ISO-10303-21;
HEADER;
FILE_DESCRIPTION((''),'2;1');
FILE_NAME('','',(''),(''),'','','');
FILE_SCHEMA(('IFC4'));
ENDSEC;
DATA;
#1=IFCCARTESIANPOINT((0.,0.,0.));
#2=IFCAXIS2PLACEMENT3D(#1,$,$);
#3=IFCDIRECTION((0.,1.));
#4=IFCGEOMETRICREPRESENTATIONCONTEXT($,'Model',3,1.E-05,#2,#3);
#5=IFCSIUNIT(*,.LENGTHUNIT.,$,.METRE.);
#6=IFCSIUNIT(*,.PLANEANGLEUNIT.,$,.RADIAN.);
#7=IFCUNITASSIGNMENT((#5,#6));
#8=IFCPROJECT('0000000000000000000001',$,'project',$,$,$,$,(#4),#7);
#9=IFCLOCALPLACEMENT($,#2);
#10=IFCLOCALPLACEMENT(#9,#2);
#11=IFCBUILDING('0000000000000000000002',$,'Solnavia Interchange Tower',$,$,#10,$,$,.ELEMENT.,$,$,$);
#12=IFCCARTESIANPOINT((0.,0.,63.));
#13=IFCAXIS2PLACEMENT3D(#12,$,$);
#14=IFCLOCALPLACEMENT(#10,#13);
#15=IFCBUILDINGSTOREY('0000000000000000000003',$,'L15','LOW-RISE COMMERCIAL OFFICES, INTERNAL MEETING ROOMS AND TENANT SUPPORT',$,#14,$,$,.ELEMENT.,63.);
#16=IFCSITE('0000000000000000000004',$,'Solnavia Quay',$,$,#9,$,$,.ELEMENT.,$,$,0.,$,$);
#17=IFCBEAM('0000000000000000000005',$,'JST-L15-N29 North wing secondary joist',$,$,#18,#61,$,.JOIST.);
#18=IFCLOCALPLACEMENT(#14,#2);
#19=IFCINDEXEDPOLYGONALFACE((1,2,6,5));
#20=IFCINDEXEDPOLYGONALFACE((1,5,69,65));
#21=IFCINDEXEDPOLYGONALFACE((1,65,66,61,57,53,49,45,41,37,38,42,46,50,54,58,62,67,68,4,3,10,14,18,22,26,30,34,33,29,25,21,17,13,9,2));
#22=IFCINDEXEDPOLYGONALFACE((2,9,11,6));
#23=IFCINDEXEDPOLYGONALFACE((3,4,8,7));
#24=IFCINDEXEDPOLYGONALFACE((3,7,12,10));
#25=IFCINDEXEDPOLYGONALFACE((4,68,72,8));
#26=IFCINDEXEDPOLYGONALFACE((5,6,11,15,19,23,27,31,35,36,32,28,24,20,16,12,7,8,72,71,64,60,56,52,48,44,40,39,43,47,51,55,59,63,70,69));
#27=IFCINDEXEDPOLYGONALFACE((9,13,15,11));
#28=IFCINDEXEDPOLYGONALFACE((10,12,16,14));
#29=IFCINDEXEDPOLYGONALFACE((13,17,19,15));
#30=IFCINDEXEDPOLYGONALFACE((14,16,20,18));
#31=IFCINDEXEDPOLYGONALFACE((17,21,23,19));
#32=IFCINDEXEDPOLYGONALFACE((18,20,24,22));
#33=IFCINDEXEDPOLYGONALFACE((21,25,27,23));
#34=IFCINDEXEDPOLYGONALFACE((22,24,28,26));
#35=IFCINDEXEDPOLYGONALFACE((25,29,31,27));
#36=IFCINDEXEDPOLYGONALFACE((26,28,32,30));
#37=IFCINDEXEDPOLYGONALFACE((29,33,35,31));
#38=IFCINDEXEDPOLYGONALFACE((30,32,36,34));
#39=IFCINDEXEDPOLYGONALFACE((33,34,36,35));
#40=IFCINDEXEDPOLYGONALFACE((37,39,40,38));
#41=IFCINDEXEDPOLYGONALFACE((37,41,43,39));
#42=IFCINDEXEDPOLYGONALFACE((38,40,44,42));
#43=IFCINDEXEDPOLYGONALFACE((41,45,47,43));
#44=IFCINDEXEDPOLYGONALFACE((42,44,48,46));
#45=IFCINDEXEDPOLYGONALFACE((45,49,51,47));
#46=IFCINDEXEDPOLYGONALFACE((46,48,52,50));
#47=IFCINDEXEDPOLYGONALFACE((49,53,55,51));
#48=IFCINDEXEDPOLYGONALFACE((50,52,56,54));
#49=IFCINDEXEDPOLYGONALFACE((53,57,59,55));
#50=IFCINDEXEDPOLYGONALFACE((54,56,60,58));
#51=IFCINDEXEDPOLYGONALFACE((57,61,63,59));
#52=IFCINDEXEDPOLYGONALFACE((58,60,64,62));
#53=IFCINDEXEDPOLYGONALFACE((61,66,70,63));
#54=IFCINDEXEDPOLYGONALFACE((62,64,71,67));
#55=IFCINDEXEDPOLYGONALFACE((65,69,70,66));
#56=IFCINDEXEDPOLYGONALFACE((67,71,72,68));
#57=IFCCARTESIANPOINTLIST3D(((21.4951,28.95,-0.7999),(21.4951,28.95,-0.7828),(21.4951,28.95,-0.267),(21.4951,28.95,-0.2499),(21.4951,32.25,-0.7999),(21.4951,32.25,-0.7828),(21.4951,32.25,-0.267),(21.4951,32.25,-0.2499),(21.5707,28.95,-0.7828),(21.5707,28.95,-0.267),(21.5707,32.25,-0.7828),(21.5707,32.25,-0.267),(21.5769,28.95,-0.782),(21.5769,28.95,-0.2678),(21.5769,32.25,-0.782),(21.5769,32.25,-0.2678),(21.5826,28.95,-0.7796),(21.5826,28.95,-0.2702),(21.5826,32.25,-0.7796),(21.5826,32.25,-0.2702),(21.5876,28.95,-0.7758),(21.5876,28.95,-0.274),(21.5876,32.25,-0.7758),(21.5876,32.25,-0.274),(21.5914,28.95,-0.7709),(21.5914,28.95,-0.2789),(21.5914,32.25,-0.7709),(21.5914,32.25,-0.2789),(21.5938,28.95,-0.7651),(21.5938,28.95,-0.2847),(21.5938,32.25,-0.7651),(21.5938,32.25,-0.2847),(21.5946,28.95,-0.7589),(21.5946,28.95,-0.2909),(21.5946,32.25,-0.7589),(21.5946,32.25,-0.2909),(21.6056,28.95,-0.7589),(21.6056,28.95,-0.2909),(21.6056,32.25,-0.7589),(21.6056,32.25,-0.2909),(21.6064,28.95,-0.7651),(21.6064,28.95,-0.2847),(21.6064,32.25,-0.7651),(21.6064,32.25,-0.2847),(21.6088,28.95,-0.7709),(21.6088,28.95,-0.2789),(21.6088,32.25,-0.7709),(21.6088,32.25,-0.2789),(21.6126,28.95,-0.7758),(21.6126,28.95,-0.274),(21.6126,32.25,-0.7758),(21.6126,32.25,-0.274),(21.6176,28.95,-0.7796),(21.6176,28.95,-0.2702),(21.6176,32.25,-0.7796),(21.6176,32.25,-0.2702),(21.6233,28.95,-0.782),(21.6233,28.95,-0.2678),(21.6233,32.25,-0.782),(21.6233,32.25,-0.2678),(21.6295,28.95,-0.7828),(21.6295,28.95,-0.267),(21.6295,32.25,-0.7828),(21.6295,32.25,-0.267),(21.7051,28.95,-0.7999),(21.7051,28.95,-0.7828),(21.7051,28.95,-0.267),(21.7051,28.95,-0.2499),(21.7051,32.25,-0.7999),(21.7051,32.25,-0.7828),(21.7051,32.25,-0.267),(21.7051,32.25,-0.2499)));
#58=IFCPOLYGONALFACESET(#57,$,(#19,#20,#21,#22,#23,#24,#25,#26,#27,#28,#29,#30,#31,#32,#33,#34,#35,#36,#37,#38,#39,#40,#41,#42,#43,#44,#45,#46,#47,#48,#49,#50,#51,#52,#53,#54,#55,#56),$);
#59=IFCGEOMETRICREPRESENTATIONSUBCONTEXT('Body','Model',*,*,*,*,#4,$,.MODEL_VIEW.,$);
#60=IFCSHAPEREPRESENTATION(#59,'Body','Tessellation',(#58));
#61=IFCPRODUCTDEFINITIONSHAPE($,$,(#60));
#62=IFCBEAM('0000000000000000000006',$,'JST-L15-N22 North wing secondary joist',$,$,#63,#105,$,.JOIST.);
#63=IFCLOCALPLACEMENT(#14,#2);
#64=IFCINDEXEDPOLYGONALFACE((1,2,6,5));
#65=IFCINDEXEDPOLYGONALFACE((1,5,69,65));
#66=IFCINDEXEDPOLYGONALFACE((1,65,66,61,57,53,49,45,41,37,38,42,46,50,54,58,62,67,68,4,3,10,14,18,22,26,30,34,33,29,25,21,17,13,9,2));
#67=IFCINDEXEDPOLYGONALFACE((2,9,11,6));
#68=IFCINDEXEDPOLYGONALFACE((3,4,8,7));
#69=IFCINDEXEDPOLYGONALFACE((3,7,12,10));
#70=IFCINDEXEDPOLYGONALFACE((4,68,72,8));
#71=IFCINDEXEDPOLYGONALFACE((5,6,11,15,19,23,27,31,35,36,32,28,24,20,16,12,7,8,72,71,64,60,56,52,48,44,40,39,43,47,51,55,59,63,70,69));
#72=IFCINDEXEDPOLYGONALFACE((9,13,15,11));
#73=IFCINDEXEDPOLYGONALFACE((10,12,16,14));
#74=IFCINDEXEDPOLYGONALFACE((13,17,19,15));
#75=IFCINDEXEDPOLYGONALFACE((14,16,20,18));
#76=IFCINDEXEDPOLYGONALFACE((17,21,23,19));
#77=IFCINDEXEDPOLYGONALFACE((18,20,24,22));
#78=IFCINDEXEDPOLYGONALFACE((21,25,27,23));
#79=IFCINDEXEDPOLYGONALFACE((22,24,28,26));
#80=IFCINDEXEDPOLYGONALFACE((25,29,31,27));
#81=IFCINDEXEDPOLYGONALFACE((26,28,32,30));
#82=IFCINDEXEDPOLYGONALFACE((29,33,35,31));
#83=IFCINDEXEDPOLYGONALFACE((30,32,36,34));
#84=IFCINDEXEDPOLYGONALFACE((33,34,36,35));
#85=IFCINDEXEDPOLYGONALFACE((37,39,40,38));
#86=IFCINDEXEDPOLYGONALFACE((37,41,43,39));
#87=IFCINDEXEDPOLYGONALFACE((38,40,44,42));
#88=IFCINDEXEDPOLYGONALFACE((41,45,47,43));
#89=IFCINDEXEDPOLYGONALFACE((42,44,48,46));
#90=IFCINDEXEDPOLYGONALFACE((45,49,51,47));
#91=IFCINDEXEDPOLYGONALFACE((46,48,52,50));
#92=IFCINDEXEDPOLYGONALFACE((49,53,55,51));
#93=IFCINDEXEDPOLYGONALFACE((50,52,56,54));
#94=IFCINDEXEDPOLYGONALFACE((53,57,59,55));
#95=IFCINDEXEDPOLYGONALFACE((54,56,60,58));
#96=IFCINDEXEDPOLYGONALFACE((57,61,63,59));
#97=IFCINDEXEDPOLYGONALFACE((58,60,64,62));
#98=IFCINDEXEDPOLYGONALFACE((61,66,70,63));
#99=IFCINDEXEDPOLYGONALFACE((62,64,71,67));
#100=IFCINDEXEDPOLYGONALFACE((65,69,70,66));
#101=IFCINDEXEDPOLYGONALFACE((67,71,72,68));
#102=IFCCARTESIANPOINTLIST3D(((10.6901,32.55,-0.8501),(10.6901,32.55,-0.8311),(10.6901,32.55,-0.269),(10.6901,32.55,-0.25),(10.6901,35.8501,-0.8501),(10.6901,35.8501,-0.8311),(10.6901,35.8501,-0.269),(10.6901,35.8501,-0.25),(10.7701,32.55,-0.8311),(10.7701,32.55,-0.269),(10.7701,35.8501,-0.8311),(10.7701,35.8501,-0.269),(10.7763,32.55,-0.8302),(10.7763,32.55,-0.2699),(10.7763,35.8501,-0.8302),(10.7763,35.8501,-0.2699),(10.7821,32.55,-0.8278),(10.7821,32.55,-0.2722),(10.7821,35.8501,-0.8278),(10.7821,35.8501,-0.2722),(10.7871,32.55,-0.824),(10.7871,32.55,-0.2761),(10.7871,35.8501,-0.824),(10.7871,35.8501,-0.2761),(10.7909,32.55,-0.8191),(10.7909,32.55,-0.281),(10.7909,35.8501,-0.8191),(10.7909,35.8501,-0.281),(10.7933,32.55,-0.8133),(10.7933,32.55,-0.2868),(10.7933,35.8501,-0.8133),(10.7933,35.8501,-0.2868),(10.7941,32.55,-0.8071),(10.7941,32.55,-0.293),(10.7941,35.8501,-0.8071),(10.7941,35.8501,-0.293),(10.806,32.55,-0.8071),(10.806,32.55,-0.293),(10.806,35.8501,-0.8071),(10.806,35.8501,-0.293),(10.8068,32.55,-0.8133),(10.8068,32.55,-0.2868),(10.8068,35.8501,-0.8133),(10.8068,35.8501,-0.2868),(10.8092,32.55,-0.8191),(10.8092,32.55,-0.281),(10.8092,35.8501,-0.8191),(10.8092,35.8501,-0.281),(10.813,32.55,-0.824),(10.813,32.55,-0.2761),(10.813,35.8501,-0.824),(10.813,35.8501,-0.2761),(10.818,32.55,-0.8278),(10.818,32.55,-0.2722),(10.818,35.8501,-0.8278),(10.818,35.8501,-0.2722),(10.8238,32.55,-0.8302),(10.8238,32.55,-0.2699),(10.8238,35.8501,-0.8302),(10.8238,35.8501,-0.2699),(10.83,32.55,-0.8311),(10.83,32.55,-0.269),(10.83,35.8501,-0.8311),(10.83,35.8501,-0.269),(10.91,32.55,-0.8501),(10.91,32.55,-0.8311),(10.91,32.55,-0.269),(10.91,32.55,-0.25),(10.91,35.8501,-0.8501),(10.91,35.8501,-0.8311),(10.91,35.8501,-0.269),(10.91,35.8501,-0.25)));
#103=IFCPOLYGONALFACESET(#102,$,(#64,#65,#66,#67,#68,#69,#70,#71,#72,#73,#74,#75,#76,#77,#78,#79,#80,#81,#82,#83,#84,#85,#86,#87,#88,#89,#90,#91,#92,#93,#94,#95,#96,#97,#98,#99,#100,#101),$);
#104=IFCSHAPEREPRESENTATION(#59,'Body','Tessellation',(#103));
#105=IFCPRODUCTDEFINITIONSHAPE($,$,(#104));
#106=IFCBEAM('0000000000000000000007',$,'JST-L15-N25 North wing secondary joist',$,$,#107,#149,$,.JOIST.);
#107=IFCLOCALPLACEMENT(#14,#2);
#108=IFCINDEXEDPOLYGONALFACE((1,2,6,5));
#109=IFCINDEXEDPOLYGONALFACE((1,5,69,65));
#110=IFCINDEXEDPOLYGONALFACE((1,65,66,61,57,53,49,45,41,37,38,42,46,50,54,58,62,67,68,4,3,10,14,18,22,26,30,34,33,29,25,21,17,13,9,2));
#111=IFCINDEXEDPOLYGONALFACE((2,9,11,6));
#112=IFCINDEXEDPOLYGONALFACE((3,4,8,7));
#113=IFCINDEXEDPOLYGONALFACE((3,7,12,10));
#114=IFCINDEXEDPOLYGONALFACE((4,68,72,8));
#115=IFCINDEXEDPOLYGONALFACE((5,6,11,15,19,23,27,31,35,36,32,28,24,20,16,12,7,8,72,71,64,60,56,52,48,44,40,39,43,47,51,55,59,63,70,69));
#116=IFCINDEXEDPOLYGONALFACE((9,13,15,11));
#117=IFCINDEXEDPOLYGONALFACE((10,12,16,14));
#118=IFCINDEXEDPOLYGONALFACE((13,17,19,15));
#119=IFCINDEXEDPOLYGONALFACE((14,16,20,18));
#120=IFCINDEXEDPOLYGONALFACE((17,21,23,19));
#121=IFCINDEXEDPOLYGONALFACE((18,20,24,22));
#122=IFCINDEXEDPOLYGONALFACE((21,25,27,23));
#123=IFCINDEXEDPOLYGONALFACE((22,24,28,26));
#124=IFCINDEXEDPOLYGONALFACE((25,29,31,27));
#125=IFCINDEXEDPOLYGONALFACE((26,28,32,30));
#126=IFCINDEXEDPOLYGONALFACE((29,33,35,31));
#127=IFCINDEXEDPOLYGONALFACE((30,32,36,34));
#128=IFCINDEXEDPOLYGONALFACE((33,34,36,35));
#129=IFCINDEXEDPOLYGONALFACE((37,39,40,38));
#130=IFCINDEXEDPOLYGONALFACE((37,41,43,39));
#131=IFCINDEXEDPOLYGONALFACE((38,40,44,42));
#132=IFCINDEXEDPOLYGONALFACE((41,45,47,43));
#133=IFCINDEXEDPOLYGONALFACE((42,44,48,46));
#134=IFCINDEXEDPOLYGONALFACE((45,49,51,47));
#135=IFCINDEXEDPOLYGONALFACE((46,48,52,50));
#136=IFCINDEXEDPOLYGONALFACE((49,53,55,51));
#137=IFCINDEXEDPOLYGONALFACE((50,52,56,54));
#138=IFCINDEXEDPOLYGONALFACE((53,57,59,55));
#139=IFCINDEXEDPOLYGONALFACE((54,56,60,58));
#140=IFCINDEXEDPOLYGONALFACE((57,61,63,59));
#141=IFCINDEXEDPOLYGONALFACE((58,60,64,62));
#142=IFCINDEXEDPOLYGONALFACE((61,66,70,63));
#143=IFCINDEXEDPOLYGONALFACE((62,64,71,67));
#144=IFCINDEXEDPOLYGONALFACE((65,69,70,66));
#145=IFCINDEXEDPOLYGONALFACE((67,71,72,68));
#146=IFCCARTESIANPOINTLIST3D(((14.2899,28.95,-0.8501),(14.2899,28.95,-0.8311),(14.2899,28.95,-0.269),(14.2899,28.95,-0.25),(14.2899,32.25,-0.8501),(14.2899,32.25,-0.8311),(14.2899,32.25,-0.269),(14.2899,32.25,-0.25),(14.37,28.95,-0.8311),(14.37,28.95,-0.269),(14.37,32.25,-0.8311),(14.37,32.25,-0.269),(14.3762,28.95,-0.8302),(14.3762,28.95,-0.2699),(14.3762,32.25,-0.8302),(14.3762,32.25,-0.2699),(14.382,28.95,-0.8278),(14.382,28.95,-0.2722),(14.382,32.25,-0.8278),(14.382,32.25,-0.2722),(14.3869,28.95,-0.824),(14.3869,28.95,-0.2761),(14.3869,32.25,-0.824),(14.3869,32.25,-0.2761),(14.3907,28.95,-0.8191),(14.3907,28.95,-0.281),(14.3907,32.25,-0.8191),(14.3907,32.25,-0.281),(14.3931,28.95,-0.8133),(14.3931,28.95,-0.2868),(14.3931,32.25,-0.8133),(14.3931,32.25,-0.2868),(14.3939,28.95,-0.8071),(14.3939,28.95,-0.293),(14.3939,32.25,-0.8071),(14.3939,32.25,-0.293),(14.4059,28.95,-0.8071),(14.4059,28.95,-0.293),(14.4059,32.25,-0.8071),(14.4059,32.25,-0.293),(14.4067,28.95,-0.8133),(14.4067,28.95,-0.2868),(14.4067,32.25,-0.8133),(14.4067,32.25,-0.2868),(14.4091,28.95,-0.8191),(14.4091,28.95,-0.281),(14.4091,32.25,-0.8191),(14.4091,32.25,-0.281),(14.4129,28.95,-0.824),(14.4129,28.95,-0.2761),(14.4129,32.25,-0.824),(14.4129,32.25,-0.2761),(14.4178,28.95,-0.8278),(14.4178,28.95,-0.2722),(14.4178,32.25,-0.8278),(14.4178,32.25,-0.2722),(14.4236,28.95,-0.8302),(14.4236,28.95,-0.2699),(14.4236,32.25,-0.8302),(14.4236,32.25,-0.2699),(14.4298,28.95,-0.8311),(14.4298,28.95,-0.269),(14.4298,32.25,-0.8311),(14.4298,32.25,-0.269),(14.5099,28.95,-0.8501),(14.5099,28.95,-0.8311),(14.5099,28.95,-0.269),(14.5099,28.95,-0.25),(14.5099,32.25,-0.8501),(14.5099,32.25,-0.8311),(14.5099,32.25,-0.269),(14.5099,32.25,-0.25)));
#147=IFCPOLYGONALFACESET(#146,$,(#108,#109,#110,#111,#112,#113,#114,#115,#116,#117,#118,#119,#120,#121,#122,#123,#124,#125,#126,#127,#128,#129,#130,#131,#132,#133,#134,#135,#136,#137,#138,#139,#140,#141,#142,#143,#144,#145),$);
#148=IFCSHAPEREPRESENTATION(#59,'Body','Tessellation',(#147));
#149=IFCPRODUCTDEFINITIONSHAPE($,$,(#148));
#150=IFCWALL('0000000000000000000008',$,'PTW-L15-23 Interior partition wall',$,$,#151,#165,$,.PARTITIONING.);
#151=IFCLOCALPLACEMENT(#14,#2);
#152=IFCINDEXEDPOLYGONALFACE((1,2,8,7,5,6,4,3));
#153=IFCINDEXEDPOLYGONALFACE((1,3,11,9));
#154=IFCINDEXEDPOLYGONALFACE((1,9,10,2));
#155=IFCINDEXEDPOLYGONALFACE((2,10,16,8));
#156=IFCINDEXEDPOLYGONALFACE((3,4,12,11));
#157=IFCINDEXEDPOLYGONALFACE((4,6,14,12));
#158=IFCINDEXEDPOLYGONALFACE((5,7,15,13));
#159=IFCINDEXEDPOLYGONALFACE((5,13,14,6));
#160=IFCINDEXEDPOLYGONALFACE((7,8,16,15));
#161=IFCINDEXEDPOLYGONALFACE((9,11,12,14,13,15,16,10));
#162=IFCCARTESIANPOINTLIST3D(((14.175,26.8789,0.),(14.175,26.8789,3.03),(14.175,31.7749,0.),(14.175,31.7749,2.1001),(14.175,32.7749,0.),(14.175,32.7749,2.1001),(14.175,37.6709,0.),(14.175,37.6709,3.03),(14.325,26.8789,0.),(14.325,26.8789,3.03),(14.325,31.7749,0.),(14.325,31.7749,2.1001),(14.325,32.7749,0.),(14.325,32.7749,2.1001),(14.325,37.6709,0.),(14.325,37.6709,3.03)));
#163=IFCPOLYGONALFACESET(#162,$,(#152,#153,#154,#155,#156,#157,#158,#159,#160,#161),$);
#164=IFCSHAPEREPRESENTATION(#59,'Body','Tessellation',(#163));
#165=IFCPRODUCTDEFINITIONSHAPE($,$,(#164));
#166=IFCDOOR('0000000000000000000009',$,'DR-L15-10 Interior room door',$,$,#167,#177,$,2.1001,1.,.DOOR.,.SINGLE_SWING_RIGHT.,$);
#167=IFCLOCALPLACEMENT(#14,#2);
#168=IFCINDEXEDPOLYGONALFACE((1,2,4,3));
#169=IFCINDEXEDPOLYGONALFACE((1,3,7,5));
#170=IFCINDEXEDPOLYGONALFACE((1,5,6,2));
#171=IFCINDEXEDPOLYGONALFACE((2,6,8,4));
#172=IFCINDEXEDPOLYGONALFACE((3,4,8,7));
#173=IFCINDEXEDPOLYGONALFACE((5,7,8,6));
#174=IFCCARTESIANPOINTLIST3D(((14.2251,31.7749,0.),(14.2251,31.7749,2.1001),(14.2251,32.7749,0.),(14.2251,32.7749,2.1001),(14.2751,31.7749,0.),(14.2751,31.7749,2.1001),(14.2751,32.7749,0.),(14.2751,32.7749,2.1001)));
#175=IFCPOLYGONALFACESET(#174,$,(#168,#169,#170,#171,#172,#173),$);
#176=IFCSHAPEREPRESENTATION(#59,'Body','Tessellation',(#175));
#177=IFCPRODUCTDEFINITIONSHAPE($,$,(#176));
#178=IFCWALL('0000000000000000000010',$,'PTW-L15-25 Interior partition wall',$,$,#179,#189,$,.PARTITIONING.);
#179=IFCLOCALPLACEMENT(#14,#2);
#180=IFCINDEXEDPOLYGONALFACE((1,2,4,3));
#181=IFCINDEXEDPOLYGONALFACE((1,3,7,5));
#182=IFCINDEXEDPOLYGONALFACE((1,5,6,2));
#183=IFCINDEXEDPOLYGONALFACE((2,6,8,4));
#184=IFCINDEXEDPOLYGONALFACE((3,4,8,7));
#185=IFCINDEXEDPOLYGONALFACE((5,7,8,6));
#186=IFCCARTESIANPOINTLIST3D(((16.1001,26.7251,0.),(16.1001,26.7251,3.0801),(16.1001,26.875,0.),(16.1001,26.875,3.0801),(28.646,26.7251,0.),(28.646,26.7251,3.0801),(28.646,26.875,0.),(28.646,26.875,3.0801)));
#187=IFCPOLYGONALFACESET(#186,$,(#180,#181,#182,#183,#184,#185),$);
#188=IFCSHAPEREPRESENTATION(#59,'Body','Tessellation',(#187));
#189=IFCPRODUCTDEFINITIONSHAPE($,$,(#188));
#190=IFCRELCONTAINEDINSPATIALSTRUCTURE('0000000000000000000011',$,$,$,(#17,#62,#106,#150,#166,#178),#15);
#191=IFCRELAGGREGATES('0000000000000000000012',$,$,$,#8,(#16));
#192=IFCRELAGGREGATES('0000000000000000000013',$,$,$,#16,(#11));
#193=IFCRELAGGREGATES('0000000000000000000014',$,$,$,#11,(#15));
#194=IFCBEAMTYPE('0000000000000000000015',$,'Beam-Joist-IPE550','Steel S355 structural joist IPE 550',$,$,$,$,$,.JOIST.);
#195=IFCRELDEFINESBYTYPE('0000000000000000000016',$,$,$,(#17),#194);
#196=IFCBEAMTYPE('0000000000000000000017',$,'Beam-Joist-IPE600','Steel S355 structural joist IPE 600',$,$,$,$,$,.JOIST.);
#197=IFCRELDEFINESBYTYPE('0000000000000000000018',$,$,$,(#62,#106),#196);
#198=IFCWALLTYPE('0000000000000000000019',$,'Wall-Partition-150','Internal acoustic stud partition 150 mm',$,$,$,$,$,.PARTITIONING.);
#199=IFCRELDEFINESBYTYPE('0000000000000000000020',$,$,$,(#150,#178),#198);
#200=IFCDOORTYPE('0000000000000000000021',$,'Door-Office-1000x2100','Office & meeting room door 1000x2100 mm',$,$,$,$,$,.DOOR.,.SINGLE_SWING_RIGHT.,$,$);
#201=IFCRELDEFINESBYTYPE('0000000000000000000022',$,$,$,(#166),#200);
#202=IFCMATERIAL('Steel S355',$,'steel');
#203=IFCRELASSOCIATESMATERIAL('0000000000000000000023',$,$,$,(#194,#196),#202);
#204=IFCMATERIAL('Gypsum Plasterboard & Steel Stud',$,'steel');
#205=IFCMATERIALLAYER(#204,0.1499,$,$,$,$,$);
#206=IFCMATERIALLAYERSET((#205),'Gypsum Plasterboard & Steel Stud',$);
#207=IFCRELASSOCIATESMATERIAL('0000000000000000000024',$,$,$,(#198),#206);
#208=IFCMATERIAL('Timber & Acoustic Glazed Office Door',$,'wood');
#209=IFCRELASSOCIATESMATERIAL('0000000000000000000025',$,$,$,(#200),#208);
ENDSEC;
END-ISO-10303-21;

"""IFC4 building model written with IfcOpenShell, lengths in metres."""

from ifc_helpers import new_model, si_unit, direction, frame, frame_2d, origin, origin_2d, place, context, subcontext, project, spatial, rectangle, i_section, extrude, material, layer, layer_set, material_profile, profile_set, type_object, element, fill, save


model = new_model("IFC4")

# Units and contexts
model_context = context("Model", 3, precision=1e-05, world=origin(), true_north=direction((0.0, 1.0)))
body_context = subcontext(model_context, "Body", "Model", "MODEL_VIEW")
ifc_project = project(units=[si_unit("LENGTHUNIT", "METRE"), si_unit("PLANEANGLEUNIT", "RADIAN")], contexts=[model_context])

# Site, building, storey
site_placement = place(None, origin())
site = spatial("IfcSite", under=ifc_project, at=site_placement, Name="Solnavia Quay", CompositionType="ELEMENT", RefElevation=0.0)
building_placement = place(site_placement, origin())
building = spatial("IfcBuilding", under=site, at=building_placement, Name="Solnavia Interchange Tower", CompositionType="ELEMENT")
storey_placement = place(building_placement, frame((0.0, 0.0, 63.0)))
storey = spatial("IfcBuildingStorey", under=building, at=storey_placement, Name="L15", Description="LOW-RISE COMMERCIAL OFFICES, INTERNAL MEETING ROOMS AND TENANT SUPPORT", CompositionType="ELEMENT", Elevation=63.0)

# Shared definitions
ifc_material_1 = material(Name="Steel S355", Category="steel")

# Beams
ifc_material_profile_1 = material_profile(ifc_material_1, i_section(OverallWidth=0.21, OverallDepth=0.55, WebThickness=0.011, FlangeThickness=0.0171, FilletRadius=0.0239, at=origin_2d()), Name="IPE 550")
ifc_profile_set_1 = profile_set([ifc_material_profile_1], Name="Steel S355")
beam_type_1 = type_object("IfcBeamType", Name="Beam-Joist-IPE550", Description="Steel S355 structural joist IPE 550", PredefinedType="JOIST", material=ifc_profile_set_1)
for number, where, z_axis, x_axis, name in (
    (1, (21.6001, 28.95, -0.5249), (0.0, 1.0, 0.0), (-1.0, 0.0, 0.0), "JST-L15-N29 North wing secondary joist"),
):
    element("IfcBeam", number, at=place(storey_placement, frame(where, z_axis=z_axis, x_axis=x_axis)), inside=storey, type_object=beam_type_1, Name=name, PredefinedType="JOIST", context=body_context, shape_type="SweptSolid", body=[
        extrude(i_section(OverallWidth=0.21, OverallDepth=0.55, WebThickness=0.011, FlangeThickness=0.0171, FilletRadius=0.0239, at=origin_2d()), origin(), (0.0, 0.0, 1.0), 3.3),
    ])
ifc_material_profile_2 = material_profile(ifc_material_1, i_section(OverallWidth=0.22, OverallDepth=0.6001, WebThickness=0.012, FlangeThickness=0.019, FilletRadius=0.0239, at=origin_2d()), Name="IPE 600")
ifc_profile_set_2 = profile_set([ifc_material_profile_2], Name="Steel S355")
beam_type_2 = type_object("IfcBeamType", Name="Beam-Joist-IPE600", Description="Steel S355 structural joist IPE 600", PredefinedType="JOIST", material=ifc_profile_set_2)
for number, where, z_axis, x_axis, name in (
    (2, (10.8, 32.55, -0.55), (0.0, 1.0, 0.0), (-1.0, 0.0, 0.0), "JST-L15-N22 North wing secondary joist"),
    (3, (14.3999, 28.95, -0.55), (0.0, 1.0, 0.0), (-1.0, 0.0, 0.0), "JST-L15-N25 North wing secondary joist"),
):
    element("IfcBeam", number, at=place(storey_placement, frame(where, z_axis=z_axis, x_axis=x_axis)), inside=storey, type_object=beam_type_2, Name=name, PredefinedType="JOIST", context=body_context, shape_type="SweptSolid", body=[
        extrude(i_section(OverallWidth=0.22, OverallDepth=0.6001, WebThickness=0.012, FlangeThickness=0.019, FilletRadius=0.0239, at=origin_2d()), origin(), (0.0, 0.0, 1.0), 3.3),
    ])

# Wall, opening, door
ifc_material_2 = material(Name="Gypsum Plasterboard & Steel Stud", Category="steel")
ifc_layer_1 = layer(ifc_material_2, 0.1499)
ifc_layer_set_1 = layer_set([ifc_layer_1], Name="Gypsum Plasterboard & Steel Stud")
wall_type_1 = type_object("IfcWallType", Name="Wall-Partition-150", Description="Internal acoustic stud partition 150 mm", PredefinedType="PARTITIONING", material=ifc_layer_set_1)
wall_1_placement = place(storey_placement, frame((14.25, 26.8789, 0.0), z_axis=(0.0, 0.0, 1.0), x_axis=(0.0, 1.0, 0.0)))
wall_1 = element("IfcWall", 4, at=wall_1_placement, inside=storey, type_object=wall_type_1, Name="PTW-L15-23 Interior partition wall", PredefinedType="PARTITIONING", context=body_context, shape_type="SweptSolid", body=[
    extrude(rectangle(XDim=10.792, YDim=0.1499, at=frame_2d((5.396, 0.0))), origin(), (0.0, 0.0, 1.0), 3.03),
])
opening_1_placement = place(wall_1_placement, frame((4.896, 0.0, 0.0)))
opening_1 = element("IfcOpeningElement", 5, at=opening_1_placement, cuts=wall_1, PredefinedType="OPENING", context=body_context, shape_type="SweptSolid", body=[
    extrude(rectangle(XDim=1.0, YDim=2.1001, at=frame_2d((0.5, 1.05))), frame((0.0, 0.085, 0.0), z_axis=(0.0, -1.0, 0.0), x_axis=(1.0, 0.0, 0.0)), (0.0, 0.0, 1.0), 0.1699),
])
ifc_material_3 = material(Name="Timber & Acoustic Glazed Office Door", Category="wood")
door_type = type_object("IfcDoorType", Name="Door-Office-1000x2100", Description="Office & meeting room door 1000x2100 mm", OperationType="SINGLE_SWING_RIGHT", PredefinedType="DOOR", material=ifc_material_3)
door_1_placement = place(opening_1_placement, origin())
door_1 = element("IfcDoor", 6, at=door_1_placement, inside=storey, type_object=door_type, Name="DR-L15-10 Interior room door", OperationType="SINGLE_SWING_RIGHT", OverallHeight=2.1001, OverallWidth=1.0, PredefinedType="DOOR", context=body_context, shape_type="SweptSolid", body=[
    extrude(rectangle(XDim=1.0, YDim=2.1001, at=frame_2d((0.5, 1.05))), frame((0.0, 0.0249, 0.0), z_axis=(0.0, -1.0, 0.0), x_axis=(1.0, 0.0, 0.0)), (0.0, 0.0, 1.0), 0.05),
])
fill(opening_1, door_1)

# Wall
wall_2_placement = place(storey_placement, frame((16.1001, 26.8, 0.0), z_axis=(0.0, 0.0, 1.0), x_axis=(1.0, 0.0, 0.0)))
element("IfcWall", 7, at=wall_2_placement, inside=storey, type_object=wall_type_1, Name="PTW-L15-25 Interior partition wall", PredefinedType="PARTITIONING", context=body_context, shape_type="SweptSolid", body=[
    extrude(rectangle(XDim=12.5459, YDim=0.1499, at=frame_2d((6.2729, 0.0))), origin(), (0.0, 0.0, 1.0), 3.0801),
])

save(model, "model.ifc")
